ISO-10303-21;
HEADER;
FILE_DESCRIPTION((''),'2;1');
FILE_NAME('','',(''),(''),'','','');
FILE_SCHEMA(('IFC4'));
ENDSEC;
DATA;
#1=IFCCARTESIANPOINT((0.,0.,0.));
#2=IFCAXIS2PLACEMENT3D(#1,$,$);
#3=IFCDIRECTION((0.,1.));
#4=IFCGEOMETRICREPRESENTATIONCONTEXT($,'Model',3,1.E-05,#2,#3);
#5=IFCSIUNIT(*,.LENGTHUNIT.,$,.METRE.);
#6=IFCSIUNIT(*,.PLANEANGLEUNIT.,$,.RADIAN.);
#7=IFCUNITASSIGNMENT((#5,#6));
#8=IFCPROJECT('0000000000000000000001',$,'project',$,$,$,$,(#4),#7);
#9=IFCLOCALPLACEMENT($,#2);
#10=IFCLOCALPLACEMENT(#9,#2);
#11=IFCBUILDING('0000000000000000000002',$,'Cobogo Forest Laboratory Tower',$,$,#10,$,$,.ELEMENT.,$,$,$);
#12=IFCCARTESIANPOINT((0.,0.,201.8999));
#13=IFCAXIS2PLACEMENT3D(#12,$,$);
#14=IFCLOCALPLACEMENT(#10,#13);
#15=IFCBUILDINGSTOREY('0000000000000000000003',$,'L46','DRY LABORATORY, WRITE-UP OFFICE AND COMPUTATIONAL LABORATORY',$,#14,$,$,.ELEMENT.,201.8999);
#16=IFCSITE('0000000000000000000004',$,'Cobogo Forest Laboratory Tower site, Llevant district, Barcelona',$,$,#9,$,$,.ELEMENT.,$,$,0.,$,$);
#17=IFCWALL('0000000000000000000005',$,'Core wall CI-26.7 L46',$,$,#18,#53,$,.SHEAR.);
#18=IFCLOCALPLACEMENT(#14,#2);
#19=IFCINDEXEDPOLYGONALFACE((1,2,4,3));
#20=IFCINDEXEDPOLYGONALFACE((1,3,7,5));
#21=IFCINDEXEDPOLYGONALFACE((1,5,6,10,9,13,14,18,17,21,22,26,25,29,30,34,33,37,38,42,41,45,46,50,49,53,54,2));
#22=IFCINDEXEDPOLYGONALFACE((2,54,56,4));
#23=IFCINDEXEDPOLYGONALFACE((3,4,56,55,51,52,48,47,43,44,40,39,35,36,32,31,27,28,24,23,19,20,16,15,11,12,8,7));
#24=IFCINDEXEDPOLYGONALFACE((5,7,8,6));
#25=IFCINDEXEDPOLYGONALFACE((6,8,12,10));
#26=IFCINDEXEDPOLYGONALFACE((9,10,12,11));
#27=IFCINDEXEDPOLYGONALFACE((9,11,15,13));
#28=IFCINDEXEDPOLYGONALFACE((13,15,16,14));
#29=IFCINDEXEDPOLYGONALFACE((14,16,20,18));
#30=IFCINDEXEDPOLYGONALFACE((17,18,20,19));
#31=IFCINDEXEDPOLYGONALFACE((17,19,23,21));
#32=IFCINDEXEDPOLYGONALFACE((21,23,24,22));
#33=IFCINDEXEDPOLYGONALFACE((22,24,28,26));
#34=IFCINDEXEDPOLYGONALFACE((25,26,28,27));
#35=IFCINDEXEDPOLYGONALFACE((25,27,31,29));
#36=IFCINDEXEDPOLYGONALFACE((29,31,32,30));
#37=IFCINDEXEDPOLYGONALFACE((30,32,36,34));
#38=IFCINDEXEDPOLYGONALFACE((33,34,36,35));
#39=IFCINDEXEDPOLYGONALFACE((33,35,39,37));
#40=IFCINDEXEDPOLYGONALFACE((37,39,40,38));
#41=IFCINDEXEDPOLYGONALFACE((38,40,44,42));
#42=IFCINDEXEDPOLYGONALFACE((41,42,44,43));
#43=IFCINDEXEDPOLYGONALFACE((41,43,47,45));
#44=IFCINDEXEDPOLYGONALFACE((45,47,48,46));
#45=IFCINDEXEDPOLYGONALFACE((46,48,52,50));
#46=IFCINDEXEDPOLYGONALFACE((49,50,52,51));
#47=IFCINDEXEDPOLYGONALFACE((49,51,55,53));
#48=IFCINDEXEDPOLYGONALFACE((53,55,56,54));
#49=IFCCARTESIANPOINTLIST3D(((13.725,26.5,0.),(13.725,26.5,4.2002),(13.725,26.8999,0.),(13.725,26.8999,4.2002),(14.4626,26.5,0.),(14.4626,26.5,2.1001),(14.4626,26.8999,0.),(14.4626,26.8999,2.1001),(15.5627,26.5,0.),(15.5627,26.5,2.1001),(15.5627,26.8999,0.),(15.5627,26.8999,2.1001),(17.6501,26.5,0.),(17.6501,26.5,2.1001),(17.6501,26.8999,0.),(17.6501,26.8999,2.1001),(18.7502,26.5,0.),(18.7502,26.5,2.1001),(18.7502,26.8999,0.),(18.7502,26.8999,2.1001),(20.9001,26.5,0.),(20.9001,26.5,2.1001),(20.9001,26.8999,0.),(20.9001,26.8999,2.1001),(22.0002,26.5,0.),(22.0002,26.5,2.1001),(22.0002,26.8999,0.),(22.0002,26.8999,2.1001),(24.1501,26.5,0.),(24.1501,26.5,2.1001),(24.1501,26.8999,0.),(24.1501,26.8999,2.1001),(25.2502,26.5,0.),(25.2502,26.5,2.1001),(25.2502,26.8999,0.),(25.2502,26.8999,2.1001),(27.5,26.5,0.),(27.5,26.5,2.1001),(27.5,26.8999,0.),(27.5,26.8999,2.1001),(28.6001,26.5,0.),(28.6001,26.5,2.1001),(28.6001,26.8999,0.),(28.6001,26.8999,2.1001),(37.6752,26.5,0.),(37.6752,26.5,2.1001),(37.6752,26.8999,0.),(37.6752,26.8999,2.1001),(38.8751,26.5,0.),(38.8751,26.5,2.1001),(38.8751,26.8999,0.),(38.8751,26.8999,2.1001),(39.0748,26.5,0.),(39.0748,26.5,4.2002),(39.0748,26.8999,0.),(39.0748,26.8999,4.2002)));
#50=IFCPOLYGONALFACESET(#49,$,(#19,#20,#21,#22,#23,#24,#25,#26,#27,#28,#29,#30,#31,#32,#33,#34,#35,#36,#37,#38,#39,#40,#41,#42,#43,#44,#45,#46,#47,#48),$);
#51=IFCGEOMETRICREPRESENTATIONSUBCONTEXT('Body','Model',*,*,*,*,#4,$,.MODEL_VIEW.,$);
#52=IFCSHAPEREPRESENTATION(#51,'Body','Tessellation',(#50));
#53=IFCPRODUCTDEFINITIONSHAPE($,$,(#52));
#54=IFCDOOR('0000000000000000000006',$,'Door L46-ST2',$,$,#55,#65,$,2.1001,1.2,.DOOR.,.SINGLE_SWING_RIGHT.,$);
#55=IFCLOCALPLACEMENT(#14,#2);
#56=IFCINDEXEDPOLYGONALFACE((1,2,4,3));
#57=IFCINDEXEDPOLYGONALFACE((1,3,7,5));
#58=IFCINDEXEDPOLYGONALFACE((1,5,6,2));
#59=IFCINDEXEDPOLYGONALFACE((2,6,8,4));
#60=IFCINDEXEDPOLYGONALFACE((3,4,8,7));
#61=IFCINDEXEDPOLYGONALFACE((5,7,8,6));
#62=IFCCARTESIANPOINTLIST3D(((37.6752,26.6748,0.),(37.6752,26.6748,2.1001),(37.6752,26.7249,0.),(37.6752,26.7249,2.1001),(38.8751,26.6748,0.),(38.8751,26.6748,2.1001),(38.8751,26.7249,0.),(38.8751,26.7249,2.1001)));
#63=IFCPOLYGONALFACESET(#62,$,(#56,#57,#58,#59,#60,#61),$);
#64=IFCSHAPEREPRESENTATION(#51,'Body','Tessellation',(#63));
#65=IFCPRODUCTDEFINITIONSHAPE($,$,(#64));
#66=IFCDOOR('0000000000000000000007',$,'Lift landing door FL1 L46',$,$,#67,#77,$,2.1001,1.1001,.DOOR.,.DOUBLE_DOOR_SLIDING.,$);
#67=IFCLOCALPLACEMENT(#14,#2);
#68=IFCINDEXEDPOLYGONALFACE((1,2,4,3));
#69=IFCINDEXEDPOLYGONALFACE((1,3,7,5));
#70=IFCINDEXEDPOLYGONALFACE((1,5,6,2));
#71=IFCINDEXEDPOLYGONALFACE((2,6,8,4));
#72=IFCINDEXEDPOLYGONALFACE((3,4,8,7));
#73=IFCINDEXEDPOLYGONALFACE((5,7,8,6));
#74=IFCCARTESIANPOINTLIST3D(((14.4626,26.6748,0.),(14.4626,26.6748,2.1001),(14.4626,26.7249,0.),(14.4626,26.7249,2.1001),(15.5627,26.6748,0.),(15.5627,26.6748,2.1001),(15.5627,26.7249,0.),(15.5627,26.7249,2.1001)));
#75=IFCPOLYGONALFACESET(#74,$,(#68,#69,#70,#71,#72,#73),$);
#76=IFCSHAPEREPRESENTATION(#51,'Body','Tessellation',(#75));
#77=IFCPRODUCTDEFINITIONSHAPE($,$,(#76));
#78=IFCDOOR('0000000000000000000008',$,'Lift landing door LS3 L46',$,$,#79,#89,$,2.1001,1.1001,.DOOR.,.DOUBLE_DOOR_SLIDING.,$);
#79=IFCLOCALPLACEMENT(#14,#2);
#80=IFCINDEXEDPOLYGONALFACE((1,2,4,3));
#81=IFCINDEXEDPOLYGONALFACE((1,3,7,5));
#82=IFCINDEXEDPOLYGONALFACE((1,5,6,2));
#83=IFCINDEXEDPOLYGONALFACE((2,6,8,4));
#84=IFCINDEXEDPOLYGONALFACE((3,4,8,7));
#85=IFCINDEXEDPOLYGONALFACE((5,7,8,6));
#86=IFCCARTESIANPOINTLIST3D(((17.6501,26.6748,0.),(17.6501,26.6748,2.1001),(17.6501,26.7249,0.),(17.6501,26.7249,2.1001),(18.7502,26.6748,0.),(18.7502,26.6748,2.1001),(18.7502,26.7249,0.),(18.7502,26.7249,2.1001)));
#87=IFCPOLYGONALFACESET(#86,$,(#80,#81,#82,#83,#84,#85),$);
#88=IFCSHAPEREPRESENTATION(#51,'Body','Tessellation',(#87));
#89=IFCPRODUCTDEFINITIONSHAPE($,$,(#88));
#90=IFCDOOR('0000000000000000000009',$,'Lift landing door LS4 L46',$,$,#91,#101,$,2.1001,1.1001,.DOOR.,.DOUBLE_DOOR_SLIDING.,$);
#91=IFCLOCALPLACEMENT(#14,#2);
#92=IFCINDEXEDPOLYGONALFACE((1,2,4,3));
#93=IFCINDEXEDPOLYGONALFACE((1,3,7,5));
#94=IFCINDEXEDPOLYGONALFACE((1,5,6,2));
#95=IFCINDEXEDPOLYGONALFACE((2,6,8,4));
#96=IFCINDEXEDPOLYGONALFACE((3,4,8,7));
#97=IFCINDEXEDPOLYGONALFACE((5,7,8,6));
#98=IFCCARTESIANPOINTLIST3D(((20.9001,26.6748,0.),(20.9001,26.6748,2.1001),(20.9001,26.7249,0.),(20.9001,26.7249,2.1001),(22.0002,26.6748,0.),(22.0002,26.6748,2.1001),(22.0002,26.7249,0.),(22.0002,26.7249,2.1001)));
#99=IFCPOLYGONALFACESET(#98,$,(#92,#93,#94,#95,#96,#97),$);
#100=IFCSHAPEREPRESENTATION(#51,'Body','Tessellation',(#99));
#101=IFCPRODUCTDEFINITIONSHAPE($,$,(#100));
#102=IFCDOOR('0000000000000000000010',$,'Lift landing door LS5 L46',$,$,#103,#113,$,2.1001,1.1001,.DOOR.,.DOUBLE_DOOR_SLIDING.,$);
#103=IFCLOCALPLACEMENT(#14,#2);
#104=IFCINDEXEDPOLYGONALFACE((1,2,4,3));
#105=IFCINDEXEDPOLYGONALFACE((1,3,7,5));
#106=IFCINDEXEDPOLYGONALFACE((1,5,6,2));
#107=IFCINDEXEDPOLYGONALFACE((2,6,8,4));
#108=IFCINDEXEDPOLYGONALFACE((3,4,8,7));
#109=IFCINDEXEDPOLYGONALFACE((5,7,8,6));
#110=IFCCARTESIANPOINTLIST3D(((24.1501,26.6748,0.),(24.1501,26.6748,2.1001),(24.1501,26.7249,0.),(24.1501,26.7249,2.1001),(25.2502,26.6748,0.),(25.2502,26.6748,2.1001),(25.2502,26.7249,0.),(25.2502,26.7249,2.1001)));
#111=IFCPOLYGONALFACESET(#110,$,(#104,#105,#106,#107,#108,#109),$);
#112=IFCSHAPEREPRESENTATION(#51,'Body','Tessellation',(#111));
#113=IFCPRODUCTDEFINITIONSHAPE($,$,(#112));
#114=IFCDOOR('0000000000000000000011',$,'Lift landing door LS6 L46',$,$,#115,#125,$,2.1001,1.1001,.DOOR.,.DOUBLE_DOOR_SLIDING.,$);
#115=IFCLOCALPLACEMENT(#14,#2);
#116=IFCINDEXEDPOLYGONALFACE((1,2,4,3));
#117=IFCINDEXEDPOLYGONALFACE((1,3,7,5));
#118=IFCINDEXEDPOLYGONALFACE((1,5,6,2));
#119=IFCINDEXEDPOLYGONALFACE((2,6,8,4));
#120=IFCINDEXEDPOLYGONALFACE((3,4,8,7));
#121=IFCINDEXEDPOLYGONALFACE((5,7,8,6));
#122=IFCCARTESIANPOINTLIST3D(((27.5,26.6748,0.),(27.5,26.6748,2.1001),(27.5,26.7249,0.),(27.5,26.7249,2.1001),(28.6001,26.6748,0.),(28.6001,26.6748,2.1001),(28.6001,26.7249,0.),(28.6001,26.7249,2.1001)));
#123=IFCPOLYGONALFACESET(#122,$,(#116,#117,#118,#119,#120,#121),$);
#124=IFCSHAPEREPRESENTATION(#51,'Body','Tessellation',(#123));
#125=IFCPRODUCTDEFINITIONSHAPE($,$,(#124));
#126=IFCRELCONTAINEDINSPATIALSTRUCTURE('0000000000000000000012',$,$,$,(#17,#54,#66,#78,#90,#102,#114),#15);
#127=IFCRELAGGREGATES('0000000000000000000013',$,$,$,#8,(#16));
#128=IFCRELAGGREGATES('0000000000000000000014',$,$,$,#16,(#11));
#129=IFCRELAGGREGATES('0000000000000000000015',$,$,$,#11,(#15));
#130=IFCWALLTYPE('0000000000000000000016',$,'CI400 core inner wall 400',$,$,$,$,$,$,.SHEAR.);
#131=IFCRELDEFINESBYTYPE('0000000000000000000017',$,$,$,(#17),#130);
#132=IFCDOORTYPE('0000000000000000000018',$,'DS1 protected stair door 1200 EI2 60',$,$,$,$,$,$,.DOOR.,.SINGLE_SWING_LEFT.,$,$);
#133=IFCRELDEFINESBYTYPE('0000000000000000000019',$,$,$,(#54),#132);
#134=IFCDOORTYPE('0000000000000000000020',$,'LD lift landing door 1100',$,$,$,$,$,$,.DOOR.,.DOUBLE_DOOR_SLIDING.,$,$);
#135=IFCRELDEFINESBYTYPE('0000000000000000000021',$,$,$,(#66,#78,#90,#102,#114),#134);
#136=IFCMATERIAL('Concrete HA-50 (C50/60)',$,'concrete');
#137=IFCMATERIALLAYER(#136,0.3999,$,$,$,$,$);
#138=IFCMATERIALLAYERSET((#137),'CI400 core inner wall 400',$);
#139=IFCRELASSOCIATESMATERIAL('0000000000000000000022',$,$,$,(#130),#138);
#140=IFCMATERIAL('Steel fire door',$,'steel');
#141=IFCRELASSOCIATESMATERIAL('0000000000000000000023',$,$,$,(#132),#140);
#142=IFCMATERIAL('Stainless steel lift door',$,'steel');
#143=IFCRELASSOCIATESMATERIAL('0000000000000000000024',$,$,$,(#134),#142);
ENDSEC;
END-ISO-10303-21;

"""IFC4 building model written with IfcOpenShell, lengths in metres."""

from ifc_helpers import new_model, si_unit, direction, frame, frame_2d, origin, place, context, subcontext, project, spatial, rectangle, extrude, material, layer, layer_set, type_object, element, fill, save


model = new_model("IFC4")

# Units and contexts
model_context = context("Model", 3, precision=1e-05, world=origin(), true_north=direction((0.0, 1.0)))
body_context = subcontext(model_context, "Body", "Model", "MODEL_VIEW")
ifc_project = project(units=[si_unit("LENGTHUNIT", "METRE"), si_unit("PLANEANGLEUNIT", "RADIAN")], contexts=[model_context])

# Site, building, storey
site_placement = place(None, origin())
site = spatial("IfcSite", under=ifc_project, at=site_placement, Name="Cobogo Forest Laboratory Tower site, Llevant district, Barcelona", CompositionType="ELEMENT", RefElevation=0.0)
building_placement = place(site_placement, origin())
building = spatial("IfcBuilding", under=site, at=building_placement, Name="Cobogo Forest Laboratory Tower", CompositionType="ELEMENT")
storey_placement = place(building_placement, frame((0.0, 0.0, 201.8999)))
storey = spatial("IfcBuildingStorey", under=building, at=storey_placement, Name="L46", Description="DRY LABORATORY, WRITE-UP OFFICE AND COMPUTATIONAL LABORATORY", CompositionType="ELEMENT", Elevation=201.8999)

# Shared definitions
ifc_material_1 = material(Name="Concrete HA-50 (C50/60)", Category="concrete")

# Shared definitions
ifc_layer_1 = layer(ifc_material_1, 0.3999)
ifc_layer_set_1 = layer_set([ifc_layer_1], Name="CI400 core inner wall 400")
wall_type_1 = type_object("IfcWallType", Name="CI400 core inner wall 400", PredefinedType="SHEAR", material=ifc_layer_set_1)

# Wall, openings, doors
wall_1_placement = place(storey_placement, frame((13.7251, 26.7, 0.0), z_axis=(0.0, 0.0, 1.0), x_axis=(1.0, 0.0, 0.0)))
wall_1 = element("IfcWall", 1, at=wall_1_placement, inside=storey, type_object=wall_type_1, Name="Core wall CI-26.7 L46", PredefinedType="SHEAR", context=body_context, shape_type="SweptSolid", body=[
    extrude(rectangle(XDim=25.3499, YDim=0.3999, at=frame_2d((12.6748, 0.0))), origin(), (0.0, 0.0, 1.0), 4.2002),
])
opening_1_placement = place(wall_1_placement, frame((23.95, 0.0, 0.0)))
opening_1 = element("IfcOpeningElement", 2, at=opening_1_placement, cuts=wall_1, PredefinedType="OPENING", context=body_context, shape_type="SweptSolid", body=[
    extrude(rectangle(XDim=1.2, YDim=2.1001, at=frame_2d((0.6001, 1.05))), frame((0.0, 0.21, 0.0), z_axis=(0.0, -1.0, 0.0), x_axis=(1.0, 0.0, 0.0)), (0.0, 0.0, 1.0), 0.4199),
])
opening_2_placement = place(wall_1_placement, frame((0.7375, 0.0, 0.0)))
opening_2 = element("IfcOpeningElement", 3, at=opening_2_placement, cuts=wall_1, PredefinedType="OPENING", context=body_context, shape_type="SweptSolid", body=[
    extrude(rectangle(XDim=1.1001, YDim=2.1001, at=frame_2d((0.55, 1.05))), frame((0.0, 0.21, 0.0), z_axis=(0.0, -1.0, 0.0), x_axis=(1.0, 0.0, 0.0)), (0.0, 0.0, 1.0), 0.4199),
])
opening_3_placement = place(wall_1_placement, frame((3.925, 0.0, 0.0)))
opening_3 = element("IfcOpeningElement", 4, at=opening_3_placement, cuts=wall_1, PredefinedType="OPENING", context=body_context, shape_type="SweptSolid", body=[
    extrude(rectangle(XDim=1.1001, YDim=2.1001, at=frame_2d((0.55, 1.05))), frame((0.0, 0.21, 0.0), z_axis=(0.0, -1.0, 0.0), x_axis=(1.0, 0.0, 0.0)), (0.0, 0.0, 1.0), 0.4199),
])
opening_4_placement = place(wall_1_placement, frame((7.175, 0.0, 0.0)))
opening_4 = element("IfcOpeningElement", 5, at=opening_4_placement, cuts=wall_1, PredefinedType="OPENING", context=body_context, shape_type="SweptSolid", body=[
    extrude(rectangle(XDim=1.1001, YDim=2.1001, at=frame_2d((0.55, 1.05))), frame((0.0, 0.21, 0.0), z_axis=(0.0, -1.0, 0.0), x_axis=(1.0, 0.0, 0.0)), (0.0, 0.0, 1.0), 0.4199),
])
opening_5_placement = place(wall_1_placement, frame((10.425, 0.0, 0.0)))
opening_5 = element("IfcOpeningElement", 6, at=opening_5_placement, cuts=wall_1, PredefinedType="OPENING", context=body_context, shape_type="SweptSolid", body=[
    extrude(rectangle(XDim=1.1001, YDim=2.1001, at=frame_2d((0.55, 1.05))), frame((0.0, 0.21, 0.0), z_axis=(0.0, -1.0, 0.0), x_axis=(1.0, 0.0, 0.0)), (0.0, 0.0, 1.0), 0.4199),
])
opening_6_placement = place(wall_1_placement, frame((13.7749, 0.0, 0.0)))
opening_6 = element("IfcOpeningElement", 7, at=opening_6_placement, cuts=wall_1, PredefinedType="OPENING", context=body_context, shape_type="SweptSolid", body=[
    extrude(rectangle(XDim=1.1001, YDim=2.1001, at=frame_2d((0.55, 1.05))), frame((0.0, 0.21, 0.0), z_axis=(0.0, -1.0, 0.0), x_axis=(1.0, 0.0, 0.0)), (0.0, 0.0, 1.0), 0.4199),
])
ifc_material_2 = material(Name="Steel fire door", Category="steel")
door_type_1 = type_object("IfcDoorType", Name="DS1 protected stair door 1200 EI2 60", OperationType="SINGLE_SWING_LEFT", PredefinedType="DOOR", material=ifc_material_2)
door_1_placement = place(opening_1_placement, origin())
door_1 = element("IfcDoor", 8, at=door_1_placement, inside=storey, type_object=door_type_1, Name="Door L46-ST2", OperationType="SINGLE_SWING_RIGHT", OverallHeight=2.1001, OverallWidth=1.2, PredefinedType="DOOR", context=body_context, shape_type="SweptSolid", body=[
    extrude(rectangle(XDim=1.2, YDim=2.1001, at=frame_2d((0.6001, 1.05))), frame((0.0, 0.0249, 0.0), z_axis=(0.0, -1.0, 0.0), x_axis=(1.0, 0.0, 0.0)), (0.0, 0.0, 1.0), 0.05),
])
fill(opening_1, door_1)
ifc_material_3 = material(Name="Stainless steel lift door", Category="steel")
door_type_2 = type_object("IfcDoorType", Name="LD lift landing door 1100", OperationType="DOUBLE_DOOR_SLIDING", PredefinedType="DOOR", material=ifc_material_3)
door_2_placement = place(opening_2_placement, origin())
door_2 = element("IfcDoor", 9, at=door_2_placement, inside=storey, type_object=door_type_2, Name="Lift landing door FL1 L46", OperationType="DOUBLE_DOOR_SLIDING", OverallHeight=2.1001, OverallWidth=1.1001, PredefinedType="DOOR", context=body_context, shape_type="SweptSolid", body=[
    extrude(rectangle(XDim=1.1001, YDim=2.1001, at=frame_2d((0.55, 1.05))), frame((0.0, 0.0249, 0.0), z_axis=(0.0, -1.0, 0.0), x_axis=(1.0, 0.0, 0.0)), (0.0, 0.0, 1.0), 0.05),
])
fill(opening_2, door_2)
door_3_placement = place(opening_3_placement, origin())
door_3 = element("IfcDoor", 10, at=door_3_placement, inside=storey, type_object=door_type_2, Name="Lift landing door LS3 L46", OperationType="DOUBLE_DOOR_SLIDING", OverallHeight=2.1001, OverallWidth=1.1001, PredefinedType="DOOR", context=body_context, shape_type="SweptSolid", body=[
    extrude(rectangle(XDim=1.1001, YDim=2.1001, at=frame_2d((0.55, 1.05))), frame((0.0, 0.0249, 0.0), z_axis=(0.0, -1.0, 0.0), x_axis=(1.0, 0.0, 0.0)), (0.0, 0.0, 1.0), 0.05),
])
fill(opening_3, door_3)
door_4_placement = place(opening_4_placement, origin())
door_4 = element("IfcDoor", 11, at=door_4_placement, inside=storey, type_object=door_type_2, Name="Lift landing door LS4 L46", OperationType="DOUBLE_DOOR_SLIDING", OverallHeight=2.1001, OverallWidth=1.1001, PredefinedType="DOOR", context=body_context, shape_type="SweptSolid", body=[
    extrude(rectangle(XDim=1.1001, YDim=2.1001, at=frame_2d((0.55, 1.05))), frame((0.0, 0.0249, 0.0), z_axis=(0.0, -1.0, 0.0), x_axis=(1.0, 0.0, 0.0)), (0.0, 0.0, 1.0), 0.05),
])
fill(opening_4, door_4)
door_5_placement = place(opening_5_placement, origin())
door_5 = element("IfcDoor", 12, at=door_5_placement, inside=storey, type_object=door_type_2, Name="Lift landing door LS5 L46", OperationType="DOUBLE_DOOR_SLIDING", OverallHeight=2.1001, OverallWidth=1.1001, PredefinedType="DOOR", context=body_context, shape_type="SweptSolid", body=[
    extrude(rectangle(XDim=1.1001, YDim=2.1001, at=frame_2d((0.55, 1.05))), frame((0.0, 0.0249, 0.0), z_axis=(0.0, -1.0, 0.0), x_axis=(1.0, 0.0, 0.0)), (0.0, 0.0, 1.0), 0.05),
])
fill(opening_5, door_5)
door_6_placement = place(opening_6_placement, origin())
door_6 = element("IfcDoor", 13, at=door_6_placement, inside=storey, type_object=door_type_2, Name="Lift landing door LS6 L46", OperationType="DOUBLE_DOOR_SLIDING", OverallHeight=2.1001, OverallWidth=1.1001, PredefinedType="DOOR", context=body_context, shape_type="SweptSolid", body=[
    extrude(rectangle(XDim=1.1001, YDim=2.1001, at=frame_2d((0.55, 1.05))), frame((0.0, 0.0249, 0.0), z_axis=(0.0, -1.0, 0.0), x_axis=(1.0, 0.0, 0.0)), (0.0, 0.0, 1.0), 0.05),
])
fill(opening_6, door_6)

save(model, "model.ifc")
